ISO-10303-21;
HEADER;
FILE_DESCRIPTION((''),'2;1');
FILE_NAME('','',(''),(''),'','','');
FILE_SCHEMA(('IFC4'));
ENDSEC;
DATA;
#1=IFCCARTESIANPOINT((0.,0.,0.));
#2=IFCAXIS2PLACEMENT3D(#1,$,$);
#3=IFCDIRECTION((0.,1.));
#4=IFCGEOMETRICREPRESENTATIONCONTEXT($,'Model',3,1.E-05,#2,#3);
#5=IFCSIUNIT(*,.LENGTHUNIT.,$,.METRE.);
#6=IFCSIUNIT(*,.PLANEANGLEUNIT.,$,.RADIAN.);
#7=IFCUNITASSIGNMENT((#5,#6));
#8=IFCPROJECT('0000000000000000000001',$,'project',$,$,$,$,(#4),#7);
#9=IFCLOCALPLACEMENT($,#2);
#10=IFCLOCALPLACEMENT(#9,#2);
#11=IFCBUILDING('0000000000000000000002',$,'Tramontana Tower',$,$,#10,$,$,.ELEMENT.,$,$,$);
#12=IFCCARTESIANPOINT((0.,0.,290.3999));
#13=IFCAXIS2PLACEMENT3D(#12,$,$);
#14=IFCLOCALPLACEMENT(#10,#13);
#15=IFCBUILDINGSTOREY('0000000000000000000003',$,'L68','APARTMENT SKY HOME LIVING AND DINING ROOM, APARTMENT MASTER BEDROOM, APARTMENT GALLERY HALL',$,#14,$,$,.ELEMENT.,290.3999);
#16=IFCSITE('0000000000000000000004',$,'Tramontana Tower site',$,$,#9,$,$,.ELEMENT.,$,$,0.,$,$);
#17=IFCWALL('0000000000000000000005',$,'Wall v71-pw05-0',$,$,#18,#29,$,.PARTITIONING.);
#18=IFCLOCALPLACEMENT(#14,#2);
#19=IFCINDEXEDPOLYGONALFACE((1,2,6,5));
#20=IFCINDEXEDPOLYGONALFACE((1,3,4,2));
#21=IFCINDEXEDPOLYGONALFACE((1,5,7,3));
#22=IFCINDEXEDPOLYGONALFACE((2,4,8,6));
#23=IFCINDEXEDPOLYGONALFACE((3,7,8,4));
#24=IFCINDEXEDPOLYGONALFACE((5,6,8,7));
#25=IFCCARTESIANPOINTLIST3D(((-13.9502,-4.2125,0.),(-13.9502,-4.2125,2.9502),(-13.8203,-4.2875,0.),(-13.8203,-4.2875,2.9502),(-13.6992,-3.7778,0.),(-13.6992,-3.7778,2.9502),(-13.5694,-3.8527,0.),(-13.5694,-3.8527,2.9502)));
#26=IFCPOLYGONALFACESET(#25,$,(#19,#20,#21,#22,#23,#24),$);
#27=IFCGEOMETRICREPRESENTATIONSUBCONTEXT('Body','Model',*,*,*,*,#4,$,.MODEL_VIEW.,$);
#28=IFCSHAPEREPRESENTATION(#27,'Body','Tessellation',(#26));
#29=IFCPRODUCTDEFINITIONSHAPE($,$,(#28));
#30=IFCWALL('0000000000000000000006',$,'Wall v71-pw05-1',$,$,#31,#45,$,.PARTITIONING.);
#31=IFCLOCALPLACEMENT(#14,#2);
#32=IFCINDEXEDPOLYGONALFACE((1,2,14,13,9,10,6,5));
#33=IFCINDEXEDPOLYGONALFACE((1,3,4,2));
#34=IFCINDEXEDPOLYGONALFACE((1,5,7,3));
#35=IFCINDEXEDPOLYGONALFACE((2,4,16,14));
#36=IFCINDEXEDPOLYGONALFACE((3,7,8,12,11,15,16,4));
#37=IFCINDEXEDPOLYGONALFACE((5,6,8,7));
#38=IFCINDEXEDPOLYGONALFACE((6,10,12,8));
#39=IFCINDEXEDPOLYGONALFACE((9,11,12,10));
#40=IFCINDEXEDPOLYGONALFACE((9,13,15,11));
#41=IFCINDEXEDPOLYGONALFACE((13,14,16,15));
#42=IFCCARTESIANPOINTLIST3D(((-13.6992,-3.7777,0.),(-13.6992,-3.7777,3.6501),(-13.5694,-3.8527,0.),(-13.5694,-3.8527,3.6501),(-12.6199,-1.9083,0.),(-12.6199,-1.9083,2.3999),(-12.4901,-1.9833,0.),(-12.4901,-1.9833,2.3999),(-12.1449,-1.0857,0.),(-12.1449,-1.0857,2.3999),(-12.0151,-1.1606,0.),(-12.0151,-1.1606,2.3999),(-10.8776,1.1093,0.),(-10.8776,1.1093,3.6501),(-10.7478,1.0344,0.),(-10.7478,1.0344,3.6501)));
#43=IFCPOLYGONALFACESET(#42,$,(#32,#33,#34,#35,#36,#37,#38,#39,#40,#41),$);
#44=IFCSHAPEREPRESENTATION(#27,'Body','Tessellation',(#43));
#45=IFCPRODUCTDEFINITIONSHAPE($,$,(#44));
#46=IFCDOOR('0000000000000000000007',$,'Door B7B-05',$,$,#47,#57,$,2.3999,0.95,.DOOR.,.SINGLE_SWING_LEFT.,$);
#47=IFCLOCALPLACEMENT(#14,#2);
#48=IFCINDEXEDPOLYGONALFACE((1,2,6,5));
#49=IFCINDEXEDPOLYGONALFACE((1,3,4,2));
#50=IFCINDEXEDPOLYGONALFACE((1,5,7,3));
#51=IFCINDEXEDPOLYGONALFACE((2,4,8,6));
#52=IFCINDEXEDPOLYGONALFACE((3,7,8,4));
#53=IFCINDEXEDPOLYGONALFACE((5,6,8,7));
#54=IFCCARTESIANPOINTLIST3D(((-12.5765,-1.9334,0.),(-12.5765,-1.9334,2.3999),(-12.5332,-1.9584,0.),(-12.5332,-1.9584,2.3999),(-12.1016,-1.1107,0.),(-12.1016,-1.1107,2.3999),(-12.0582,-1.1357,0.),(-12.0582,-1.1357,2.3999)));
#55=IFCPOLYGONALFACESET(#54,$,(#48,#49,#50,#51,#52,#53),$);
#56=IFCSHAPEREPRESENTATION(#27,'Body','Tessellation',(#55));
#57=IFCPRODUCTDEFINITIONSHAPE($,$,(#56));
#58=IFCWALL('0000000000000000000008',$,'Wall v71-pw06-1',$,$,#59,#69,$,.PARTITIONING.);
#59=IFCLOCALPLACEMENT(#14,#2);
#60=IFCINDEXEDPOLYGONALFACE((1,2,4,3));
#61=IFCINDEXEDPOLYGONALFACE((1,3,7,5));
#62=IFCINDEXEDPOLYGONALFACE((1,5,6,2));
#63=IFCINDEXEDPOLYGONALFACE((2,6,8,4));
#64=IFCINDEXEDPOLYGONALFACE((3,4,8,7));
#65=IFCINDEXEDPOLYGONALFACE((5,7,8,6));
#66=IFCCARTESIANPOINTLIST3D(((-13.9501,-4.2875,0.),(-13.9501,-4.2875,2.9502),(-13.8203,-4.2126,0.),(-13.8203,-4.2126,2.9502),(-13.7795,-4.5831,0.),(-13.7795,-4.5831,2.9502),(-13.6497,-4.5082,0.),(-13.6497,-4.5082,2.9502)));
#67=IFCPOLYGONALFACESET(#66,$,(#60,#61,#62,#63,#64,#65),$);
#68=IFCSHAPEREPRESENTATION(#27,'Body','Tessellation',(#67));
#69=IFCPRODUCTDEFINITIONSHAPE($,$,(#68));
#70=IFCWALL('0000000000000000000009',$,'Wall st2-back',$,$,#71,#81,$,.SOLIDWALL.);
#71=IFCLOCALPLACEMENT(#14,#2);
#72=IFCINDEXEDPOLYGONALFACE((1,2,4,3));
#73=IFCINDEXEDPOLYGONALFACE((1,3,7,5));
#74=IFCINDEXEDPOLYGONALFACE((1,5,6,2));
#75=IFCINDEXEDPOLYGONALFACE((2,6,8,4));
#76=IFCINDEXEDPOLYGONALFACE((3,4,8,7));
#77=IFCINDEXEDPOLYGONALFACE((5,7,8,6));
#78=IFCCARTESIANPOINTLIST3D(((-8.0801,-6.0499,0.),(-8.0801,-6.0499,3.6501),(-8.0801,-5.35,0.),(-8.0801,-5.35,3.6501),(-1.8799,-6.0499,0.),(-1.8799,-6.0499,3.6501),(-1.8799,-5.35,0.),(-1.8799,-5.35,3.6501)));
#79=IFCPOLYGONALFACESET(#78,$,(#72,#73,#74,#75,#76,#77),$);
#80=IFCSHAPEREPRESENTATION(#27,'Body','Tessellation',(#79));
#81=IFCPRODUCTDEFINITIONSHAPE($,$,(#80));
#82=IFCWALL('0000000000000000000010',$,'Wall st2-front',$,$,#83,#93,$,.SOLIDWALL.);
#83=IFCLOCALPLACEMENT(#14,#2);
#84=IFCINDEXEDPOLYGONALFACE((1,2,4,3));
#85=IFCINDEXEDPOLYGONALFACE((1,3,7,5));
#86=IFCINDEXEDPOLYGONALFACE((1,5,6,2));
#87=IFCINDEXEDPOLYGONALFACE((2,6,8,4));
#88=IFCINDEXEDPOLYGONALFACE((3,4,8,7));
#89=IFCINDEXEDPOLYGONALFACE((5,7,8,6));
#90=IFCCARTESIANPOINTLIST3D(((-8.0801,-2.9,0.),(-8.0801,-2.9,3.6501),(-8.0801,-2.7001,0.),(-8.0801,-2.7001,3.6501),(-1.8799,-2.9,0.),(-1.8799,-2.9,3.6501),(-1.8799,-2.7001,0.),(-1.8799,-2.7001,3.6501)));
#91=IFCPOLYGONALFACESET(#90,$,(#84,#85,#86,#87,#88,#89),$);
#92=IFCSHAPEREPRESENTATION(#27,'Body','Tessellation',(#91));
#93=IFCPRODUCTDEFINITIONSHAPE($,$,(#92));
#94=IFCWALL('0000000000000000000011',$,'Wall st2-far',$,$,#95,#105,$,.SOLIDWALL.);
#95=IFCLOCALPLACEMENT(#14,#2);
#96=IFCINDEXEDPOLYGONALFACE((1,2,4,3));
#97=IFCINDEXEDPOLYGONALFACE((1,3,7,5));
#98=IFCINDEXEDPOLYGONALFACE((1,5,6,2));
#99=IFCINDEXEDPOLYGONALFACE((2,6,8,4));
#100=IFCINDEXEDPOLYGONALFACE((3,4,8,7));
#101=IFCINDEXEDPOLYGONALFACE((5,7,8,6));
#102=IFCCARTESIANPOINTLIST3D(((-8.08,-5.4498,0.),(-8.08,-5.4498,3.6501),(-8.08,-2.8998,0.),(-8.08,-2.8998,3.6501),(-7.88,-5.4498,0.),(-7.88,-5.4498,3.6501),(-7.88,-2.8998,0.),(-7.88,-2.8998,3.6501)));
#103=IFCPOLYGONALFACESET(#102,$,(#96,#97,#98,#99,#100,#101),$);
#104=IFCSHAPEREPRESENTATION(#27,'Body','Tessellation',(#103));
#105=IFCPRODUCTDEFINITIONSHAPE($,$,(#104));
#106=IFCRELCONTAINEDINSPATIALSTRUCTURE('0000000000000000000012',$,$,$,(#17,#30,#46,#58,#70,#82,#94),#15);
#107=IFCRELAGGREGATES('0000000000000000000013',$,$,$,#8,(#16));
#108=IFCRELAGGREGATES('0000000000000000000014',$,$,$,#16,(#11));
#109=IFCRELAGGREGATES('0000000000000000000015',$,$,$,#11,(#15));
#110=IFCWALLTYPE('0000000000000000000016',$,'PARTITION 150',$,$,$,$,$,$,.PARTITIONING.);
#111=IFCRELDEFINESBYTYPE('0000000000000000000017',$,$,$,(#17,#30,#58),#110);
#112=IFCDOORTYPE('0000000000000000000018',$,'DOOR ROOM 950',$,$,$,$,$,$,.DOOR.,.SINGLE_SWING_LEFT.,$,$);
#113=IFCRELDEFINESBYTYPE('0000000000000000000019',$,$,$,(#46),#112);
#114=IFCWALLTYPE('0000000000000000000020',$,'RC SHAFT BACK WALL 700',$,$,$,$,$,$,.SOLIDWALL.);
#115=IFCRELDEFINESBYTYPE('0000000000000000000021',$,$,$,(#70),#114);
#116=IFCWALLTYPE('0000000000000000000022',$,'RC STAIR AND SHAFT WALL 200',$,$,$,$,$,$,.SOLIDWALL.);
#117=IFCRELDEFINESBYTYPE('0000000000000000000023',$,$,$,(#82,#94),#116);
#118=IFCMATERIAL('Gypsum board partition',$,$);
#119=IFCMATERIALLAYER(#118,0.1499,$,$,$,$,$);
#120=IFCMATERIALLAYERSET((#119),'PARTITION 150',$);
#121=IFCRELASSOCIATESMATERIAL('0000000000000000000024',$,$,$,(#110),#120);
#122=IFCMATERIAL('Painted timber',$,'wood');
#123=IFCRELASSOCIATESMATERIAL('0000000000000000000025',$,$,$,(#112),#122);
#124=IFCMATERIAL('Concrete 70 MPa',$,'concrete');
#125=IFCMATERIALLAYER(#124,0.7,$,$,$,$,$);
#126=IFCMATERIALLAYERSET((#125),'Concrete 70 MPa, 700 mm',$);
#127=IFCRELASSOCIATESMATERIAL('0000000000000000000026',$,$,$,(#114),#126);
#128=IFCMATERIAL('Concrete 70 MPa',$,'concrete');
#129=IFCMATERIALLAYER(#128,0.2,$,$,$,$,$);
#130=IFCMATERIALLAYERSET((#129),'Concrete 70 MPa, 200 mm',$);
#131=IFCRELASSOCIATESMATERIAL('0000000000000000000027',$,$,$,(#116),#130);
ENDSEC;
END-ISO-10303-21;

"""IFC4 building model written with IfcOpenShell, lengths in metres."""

from ifc_helpers import new_model, si_unit, direction, frame, frame_2d, origin, place, context, subcontext, project, spatial, rectangle, extrude, material, layer, layer_set, type_object, element, fill, save


model = new_model("IFC4")

# Units and contexts
model_context = context("Model", 3, precision=1e-05, world=origin(), true_north=direction((0.0, 1.0)))
body_context = subcontext(model_context, "Body", "Model", "MODEL_VIEW")
ifc_project = project(units=[si_unit("LENGTHUNIT", "METRE"), si_unit("PLANEANGLEUNIT", "RADIAN")], contexts=[model_context])

# Site, building, storey
site_placement = place(None, origin())
site = spatial("IfcSite", under=ifc_project, at=site_placement, Name="Tramontana Tower site", CompositionType="ELEMENT", RefElevation=0.0)
building_placement = place(site_placement, origin())
building = spatial("IfcBuilding", under=site, at=building_placement, Name="Tramontana Tower", CompositionType="ELEMENT")
storey_placement = place(building_placement, frame((0.0, 0.0, 290.3999)))
storey = spatial("IfcBuildingStorey", under=building, at=storey_placement, Name="L68", Description="APARTMENT SKY HOME LIVING AND DINING ROOM, APARTMENT MASTER BEDROOM, APARTMENT GALLERY HALL", CompositionType="ELEMENT", Elevation=290.3999)

# Wall
ifc_material_1 = material(Name="Gypsum board partition")
ifc_layer_1 = layer(ifc_material_1, 0.1499)
ifc_layer_set_1 = layer_set([ifc_layer_1], Name="PARTITION 150")
wall_type_1 = type_object("IfcWallType", Name="PARTITION 150", PredefinedType="PARTITIONING", material=ifc_layer_set_1)
wall_1_placement = place(storey_placement, frame((-13.8853, -4.25, 0.0), z_axis=(0.0, 0.0, 1.0), x_axis=(0.499905, 0.86608, 0.0)))
element("IfcWall", 1, at=wall_1_placement, inside=storey, type_object=wall_type_1, Name="Wall v71-pw05-0", PredefinedType="PARTITIONING", context=body_context, shape_type="SweptSolid", body=[
    extrude(rectangle(XDim=0.502, YDim=0.1499, at=frame_2d((0.251, 0.0))), origin(), (0.0, 0.0, 1.0), 2.9502),
])

# Wall, opening, door
wall_2_placement = place(storey_placement, frame((-13.6343, -3.8152, 0.0), z_axis=(0.0, 0.0, 1.0), x_axis=(0.500006, 0.866022, 0.0)))
wall_2 = element("IfcWall", 2, at=wall_2_placement, inside=storey, type_object=wall_type_1, Name="Wall v71-pw05-1", PredefinedType="PARTITIONING", context=body_context, shape_type="SweptSolid", body=[
    extrude(rectangle(XDim=5.6431, YDim=0.1499, at=frame_2d((2.8215, 0.0))), origin(), (0.0, 0.0, 1.0), 3.6501),
])
opening_1_placement = place(wall_2_placement, frame((2.1584, 0.0, 0.0)))
opening_1 = element("IfcOpeningElement", 3, at=opening_1_placement, cuts=wall_2, PredefinedType="OPENING", context=body_context, shape_type="SweptSolid", body=[
    extrude(rectangle(XDim=0.95, YDim=2.3999, at=frame_2d((0.4751, 1.2))), frame((0.0, 0.085, 0.0), z_axis=(0.0, -1.0, 0.0), x_axis=(1.0, 0.0, 0.0)), (0.0, 0.0, 1.0), 0.1699),
])
ifc_material_2 = material(Name="Painted timber", Category="wood")
door_type = type_object("IfcDoorType", Name="DOOR ROOM 950", OperationType="SINGLE_SWING_LEFT", PredefinedType="DOOR", material=ifc_material_2)
door_placement = place(opening_1_placement, origin())
door = element("IfcDoor", 4, at=door_placement, inside=storey, type_object=door_type, Name="Door B7B-05", OperationType="SINGLE_SWING_LEFT", OverallHeight=2.3999, OverallWidth=0.95, PredefinedType="DOOR", context=body_context, shape_type="SweptSolid", body=[
    extrude(rectangle(XDim=0.95, YDim=2.3999, at=frame_2d((0.4751, 1.2))), frame((0.0, 0.0249, 0.0), z_axis=(0.0, -1.0, 0.0), x_axis=(1.0, 0.0, 0.0)), (0.0, 0.0, 1.0), 0.05),
])
fill(opening_1, door)

# Walls
wall_3_placement = place(storey_placement, frame((-13.7146, -4.5457, 0.0), z_axis=(0.0, 0.0, 1.0), x_axis=(-0.499908, 0.866078, 0.0)))
element("IfcWall", 5, at=wall_3_placement, inside=storey, type_object=wall_type_1, Name="Wall v71-pw06-1", PredefinedType="PARTITIONING", context=body_context, shape_type="SweptSolid", body=[
    extrude(rectangle(XDim=0.3413, YDim=0.1499, at=frame_2d((0.1707, 0.0))), origin(), (0.0, 0.0, 1.0), 2.9502),
])
ifc_material_3 = material(Name="Concrete 70 MPa", Category="concrete")
ifc_layer_2 = layer(ifc_material_3, 0.7)
ifc_layer_set_2 = layer_set([ifc_layer_2], Name="Concrete 70 MPa, 700 mm")
wall_type_2 = type_object("IfcWallType", Name="RC SHAFT BACK WALL 700", PredefinedType="SOLIDWALL", material=ifc_layer_set_2)
wall_4_placement = place(storey_placement, frame((-8.0801, -5.7, 0.0), z_axis=(0.0, 0.0, 1.0), x_axis=(1.0, 0.0, 0.0)))
element("IfcWall", 6, at=wall_4_placement, inside=storey, type_object=wall_type_2, Name="Wall st2-back", PredefinedType="SOLIDWALL", context=body_context, shape_type="SweptSolid", body=[
    extrude(rectangle(XDim=6.2002, YDim=0.7, at=frame_2d((3.1001, 0.0))), origin(), (0.0, 0.0, 1.0), 3.6501),
])
ifc_material_4 = material(Name="Concrete 70 MPa", Category="concrete")
ifc_layer_3 = layer(ifc_material_4, 0.2)
ifc_layer_set_3 = layer_set([ifc_layer_3], Name="Concrete 70 MPa, 200 mm")
wall_type_3 = type_object("IfcWallType", Name="RC STAIR AND SHAFT WALL 200", PredefinedType="SOLIDWALL", material=ifc_layer_set_3)
wall_5_placement = place(storey_placement, frame((-8.0801, -2.8, 0.0), z_axis=(0.0, 0.0, 1.0), x_axis=(1.0, 0.0, 0.0)))
element("IfcWall", 7, at=wall_5_placement, inside=storey, type_object=wall_type_3, Name="Wall st2-front", PredefinedType="SOLIDWALL", context=body_context, shape_type="SweptSolid", body=[
    extrude(rectangle(XDim=6.2002, YDim=0.2, at=frame_2d((3.1001, 0.0))), origin(), (0.0, 0.0, 1.0), 3.6501),
])
wall_6_placement = place(storey_placement, frame((-7.98, -2.8999, 0.0), z_axis=(0.0, 0.0, 1.0), x_axis=(0.0, -1.0, 0.0)))
element("IfcWall", 8, at=wall_6_placement, inside=storey, type_object=wall_type_3, Name="Wall st2-far", PredefinedType="SOLIDWALL", context=body_context, shape_type="SweptSolid", body=[
    extrude(rectangle(XDim=2.55, YDim=0.2, at=frame_2d((1.2749, 0.0))), origin(), (0.0, 0.0, 1.0), 3.6501),
])

save(model, "model.ifc")
